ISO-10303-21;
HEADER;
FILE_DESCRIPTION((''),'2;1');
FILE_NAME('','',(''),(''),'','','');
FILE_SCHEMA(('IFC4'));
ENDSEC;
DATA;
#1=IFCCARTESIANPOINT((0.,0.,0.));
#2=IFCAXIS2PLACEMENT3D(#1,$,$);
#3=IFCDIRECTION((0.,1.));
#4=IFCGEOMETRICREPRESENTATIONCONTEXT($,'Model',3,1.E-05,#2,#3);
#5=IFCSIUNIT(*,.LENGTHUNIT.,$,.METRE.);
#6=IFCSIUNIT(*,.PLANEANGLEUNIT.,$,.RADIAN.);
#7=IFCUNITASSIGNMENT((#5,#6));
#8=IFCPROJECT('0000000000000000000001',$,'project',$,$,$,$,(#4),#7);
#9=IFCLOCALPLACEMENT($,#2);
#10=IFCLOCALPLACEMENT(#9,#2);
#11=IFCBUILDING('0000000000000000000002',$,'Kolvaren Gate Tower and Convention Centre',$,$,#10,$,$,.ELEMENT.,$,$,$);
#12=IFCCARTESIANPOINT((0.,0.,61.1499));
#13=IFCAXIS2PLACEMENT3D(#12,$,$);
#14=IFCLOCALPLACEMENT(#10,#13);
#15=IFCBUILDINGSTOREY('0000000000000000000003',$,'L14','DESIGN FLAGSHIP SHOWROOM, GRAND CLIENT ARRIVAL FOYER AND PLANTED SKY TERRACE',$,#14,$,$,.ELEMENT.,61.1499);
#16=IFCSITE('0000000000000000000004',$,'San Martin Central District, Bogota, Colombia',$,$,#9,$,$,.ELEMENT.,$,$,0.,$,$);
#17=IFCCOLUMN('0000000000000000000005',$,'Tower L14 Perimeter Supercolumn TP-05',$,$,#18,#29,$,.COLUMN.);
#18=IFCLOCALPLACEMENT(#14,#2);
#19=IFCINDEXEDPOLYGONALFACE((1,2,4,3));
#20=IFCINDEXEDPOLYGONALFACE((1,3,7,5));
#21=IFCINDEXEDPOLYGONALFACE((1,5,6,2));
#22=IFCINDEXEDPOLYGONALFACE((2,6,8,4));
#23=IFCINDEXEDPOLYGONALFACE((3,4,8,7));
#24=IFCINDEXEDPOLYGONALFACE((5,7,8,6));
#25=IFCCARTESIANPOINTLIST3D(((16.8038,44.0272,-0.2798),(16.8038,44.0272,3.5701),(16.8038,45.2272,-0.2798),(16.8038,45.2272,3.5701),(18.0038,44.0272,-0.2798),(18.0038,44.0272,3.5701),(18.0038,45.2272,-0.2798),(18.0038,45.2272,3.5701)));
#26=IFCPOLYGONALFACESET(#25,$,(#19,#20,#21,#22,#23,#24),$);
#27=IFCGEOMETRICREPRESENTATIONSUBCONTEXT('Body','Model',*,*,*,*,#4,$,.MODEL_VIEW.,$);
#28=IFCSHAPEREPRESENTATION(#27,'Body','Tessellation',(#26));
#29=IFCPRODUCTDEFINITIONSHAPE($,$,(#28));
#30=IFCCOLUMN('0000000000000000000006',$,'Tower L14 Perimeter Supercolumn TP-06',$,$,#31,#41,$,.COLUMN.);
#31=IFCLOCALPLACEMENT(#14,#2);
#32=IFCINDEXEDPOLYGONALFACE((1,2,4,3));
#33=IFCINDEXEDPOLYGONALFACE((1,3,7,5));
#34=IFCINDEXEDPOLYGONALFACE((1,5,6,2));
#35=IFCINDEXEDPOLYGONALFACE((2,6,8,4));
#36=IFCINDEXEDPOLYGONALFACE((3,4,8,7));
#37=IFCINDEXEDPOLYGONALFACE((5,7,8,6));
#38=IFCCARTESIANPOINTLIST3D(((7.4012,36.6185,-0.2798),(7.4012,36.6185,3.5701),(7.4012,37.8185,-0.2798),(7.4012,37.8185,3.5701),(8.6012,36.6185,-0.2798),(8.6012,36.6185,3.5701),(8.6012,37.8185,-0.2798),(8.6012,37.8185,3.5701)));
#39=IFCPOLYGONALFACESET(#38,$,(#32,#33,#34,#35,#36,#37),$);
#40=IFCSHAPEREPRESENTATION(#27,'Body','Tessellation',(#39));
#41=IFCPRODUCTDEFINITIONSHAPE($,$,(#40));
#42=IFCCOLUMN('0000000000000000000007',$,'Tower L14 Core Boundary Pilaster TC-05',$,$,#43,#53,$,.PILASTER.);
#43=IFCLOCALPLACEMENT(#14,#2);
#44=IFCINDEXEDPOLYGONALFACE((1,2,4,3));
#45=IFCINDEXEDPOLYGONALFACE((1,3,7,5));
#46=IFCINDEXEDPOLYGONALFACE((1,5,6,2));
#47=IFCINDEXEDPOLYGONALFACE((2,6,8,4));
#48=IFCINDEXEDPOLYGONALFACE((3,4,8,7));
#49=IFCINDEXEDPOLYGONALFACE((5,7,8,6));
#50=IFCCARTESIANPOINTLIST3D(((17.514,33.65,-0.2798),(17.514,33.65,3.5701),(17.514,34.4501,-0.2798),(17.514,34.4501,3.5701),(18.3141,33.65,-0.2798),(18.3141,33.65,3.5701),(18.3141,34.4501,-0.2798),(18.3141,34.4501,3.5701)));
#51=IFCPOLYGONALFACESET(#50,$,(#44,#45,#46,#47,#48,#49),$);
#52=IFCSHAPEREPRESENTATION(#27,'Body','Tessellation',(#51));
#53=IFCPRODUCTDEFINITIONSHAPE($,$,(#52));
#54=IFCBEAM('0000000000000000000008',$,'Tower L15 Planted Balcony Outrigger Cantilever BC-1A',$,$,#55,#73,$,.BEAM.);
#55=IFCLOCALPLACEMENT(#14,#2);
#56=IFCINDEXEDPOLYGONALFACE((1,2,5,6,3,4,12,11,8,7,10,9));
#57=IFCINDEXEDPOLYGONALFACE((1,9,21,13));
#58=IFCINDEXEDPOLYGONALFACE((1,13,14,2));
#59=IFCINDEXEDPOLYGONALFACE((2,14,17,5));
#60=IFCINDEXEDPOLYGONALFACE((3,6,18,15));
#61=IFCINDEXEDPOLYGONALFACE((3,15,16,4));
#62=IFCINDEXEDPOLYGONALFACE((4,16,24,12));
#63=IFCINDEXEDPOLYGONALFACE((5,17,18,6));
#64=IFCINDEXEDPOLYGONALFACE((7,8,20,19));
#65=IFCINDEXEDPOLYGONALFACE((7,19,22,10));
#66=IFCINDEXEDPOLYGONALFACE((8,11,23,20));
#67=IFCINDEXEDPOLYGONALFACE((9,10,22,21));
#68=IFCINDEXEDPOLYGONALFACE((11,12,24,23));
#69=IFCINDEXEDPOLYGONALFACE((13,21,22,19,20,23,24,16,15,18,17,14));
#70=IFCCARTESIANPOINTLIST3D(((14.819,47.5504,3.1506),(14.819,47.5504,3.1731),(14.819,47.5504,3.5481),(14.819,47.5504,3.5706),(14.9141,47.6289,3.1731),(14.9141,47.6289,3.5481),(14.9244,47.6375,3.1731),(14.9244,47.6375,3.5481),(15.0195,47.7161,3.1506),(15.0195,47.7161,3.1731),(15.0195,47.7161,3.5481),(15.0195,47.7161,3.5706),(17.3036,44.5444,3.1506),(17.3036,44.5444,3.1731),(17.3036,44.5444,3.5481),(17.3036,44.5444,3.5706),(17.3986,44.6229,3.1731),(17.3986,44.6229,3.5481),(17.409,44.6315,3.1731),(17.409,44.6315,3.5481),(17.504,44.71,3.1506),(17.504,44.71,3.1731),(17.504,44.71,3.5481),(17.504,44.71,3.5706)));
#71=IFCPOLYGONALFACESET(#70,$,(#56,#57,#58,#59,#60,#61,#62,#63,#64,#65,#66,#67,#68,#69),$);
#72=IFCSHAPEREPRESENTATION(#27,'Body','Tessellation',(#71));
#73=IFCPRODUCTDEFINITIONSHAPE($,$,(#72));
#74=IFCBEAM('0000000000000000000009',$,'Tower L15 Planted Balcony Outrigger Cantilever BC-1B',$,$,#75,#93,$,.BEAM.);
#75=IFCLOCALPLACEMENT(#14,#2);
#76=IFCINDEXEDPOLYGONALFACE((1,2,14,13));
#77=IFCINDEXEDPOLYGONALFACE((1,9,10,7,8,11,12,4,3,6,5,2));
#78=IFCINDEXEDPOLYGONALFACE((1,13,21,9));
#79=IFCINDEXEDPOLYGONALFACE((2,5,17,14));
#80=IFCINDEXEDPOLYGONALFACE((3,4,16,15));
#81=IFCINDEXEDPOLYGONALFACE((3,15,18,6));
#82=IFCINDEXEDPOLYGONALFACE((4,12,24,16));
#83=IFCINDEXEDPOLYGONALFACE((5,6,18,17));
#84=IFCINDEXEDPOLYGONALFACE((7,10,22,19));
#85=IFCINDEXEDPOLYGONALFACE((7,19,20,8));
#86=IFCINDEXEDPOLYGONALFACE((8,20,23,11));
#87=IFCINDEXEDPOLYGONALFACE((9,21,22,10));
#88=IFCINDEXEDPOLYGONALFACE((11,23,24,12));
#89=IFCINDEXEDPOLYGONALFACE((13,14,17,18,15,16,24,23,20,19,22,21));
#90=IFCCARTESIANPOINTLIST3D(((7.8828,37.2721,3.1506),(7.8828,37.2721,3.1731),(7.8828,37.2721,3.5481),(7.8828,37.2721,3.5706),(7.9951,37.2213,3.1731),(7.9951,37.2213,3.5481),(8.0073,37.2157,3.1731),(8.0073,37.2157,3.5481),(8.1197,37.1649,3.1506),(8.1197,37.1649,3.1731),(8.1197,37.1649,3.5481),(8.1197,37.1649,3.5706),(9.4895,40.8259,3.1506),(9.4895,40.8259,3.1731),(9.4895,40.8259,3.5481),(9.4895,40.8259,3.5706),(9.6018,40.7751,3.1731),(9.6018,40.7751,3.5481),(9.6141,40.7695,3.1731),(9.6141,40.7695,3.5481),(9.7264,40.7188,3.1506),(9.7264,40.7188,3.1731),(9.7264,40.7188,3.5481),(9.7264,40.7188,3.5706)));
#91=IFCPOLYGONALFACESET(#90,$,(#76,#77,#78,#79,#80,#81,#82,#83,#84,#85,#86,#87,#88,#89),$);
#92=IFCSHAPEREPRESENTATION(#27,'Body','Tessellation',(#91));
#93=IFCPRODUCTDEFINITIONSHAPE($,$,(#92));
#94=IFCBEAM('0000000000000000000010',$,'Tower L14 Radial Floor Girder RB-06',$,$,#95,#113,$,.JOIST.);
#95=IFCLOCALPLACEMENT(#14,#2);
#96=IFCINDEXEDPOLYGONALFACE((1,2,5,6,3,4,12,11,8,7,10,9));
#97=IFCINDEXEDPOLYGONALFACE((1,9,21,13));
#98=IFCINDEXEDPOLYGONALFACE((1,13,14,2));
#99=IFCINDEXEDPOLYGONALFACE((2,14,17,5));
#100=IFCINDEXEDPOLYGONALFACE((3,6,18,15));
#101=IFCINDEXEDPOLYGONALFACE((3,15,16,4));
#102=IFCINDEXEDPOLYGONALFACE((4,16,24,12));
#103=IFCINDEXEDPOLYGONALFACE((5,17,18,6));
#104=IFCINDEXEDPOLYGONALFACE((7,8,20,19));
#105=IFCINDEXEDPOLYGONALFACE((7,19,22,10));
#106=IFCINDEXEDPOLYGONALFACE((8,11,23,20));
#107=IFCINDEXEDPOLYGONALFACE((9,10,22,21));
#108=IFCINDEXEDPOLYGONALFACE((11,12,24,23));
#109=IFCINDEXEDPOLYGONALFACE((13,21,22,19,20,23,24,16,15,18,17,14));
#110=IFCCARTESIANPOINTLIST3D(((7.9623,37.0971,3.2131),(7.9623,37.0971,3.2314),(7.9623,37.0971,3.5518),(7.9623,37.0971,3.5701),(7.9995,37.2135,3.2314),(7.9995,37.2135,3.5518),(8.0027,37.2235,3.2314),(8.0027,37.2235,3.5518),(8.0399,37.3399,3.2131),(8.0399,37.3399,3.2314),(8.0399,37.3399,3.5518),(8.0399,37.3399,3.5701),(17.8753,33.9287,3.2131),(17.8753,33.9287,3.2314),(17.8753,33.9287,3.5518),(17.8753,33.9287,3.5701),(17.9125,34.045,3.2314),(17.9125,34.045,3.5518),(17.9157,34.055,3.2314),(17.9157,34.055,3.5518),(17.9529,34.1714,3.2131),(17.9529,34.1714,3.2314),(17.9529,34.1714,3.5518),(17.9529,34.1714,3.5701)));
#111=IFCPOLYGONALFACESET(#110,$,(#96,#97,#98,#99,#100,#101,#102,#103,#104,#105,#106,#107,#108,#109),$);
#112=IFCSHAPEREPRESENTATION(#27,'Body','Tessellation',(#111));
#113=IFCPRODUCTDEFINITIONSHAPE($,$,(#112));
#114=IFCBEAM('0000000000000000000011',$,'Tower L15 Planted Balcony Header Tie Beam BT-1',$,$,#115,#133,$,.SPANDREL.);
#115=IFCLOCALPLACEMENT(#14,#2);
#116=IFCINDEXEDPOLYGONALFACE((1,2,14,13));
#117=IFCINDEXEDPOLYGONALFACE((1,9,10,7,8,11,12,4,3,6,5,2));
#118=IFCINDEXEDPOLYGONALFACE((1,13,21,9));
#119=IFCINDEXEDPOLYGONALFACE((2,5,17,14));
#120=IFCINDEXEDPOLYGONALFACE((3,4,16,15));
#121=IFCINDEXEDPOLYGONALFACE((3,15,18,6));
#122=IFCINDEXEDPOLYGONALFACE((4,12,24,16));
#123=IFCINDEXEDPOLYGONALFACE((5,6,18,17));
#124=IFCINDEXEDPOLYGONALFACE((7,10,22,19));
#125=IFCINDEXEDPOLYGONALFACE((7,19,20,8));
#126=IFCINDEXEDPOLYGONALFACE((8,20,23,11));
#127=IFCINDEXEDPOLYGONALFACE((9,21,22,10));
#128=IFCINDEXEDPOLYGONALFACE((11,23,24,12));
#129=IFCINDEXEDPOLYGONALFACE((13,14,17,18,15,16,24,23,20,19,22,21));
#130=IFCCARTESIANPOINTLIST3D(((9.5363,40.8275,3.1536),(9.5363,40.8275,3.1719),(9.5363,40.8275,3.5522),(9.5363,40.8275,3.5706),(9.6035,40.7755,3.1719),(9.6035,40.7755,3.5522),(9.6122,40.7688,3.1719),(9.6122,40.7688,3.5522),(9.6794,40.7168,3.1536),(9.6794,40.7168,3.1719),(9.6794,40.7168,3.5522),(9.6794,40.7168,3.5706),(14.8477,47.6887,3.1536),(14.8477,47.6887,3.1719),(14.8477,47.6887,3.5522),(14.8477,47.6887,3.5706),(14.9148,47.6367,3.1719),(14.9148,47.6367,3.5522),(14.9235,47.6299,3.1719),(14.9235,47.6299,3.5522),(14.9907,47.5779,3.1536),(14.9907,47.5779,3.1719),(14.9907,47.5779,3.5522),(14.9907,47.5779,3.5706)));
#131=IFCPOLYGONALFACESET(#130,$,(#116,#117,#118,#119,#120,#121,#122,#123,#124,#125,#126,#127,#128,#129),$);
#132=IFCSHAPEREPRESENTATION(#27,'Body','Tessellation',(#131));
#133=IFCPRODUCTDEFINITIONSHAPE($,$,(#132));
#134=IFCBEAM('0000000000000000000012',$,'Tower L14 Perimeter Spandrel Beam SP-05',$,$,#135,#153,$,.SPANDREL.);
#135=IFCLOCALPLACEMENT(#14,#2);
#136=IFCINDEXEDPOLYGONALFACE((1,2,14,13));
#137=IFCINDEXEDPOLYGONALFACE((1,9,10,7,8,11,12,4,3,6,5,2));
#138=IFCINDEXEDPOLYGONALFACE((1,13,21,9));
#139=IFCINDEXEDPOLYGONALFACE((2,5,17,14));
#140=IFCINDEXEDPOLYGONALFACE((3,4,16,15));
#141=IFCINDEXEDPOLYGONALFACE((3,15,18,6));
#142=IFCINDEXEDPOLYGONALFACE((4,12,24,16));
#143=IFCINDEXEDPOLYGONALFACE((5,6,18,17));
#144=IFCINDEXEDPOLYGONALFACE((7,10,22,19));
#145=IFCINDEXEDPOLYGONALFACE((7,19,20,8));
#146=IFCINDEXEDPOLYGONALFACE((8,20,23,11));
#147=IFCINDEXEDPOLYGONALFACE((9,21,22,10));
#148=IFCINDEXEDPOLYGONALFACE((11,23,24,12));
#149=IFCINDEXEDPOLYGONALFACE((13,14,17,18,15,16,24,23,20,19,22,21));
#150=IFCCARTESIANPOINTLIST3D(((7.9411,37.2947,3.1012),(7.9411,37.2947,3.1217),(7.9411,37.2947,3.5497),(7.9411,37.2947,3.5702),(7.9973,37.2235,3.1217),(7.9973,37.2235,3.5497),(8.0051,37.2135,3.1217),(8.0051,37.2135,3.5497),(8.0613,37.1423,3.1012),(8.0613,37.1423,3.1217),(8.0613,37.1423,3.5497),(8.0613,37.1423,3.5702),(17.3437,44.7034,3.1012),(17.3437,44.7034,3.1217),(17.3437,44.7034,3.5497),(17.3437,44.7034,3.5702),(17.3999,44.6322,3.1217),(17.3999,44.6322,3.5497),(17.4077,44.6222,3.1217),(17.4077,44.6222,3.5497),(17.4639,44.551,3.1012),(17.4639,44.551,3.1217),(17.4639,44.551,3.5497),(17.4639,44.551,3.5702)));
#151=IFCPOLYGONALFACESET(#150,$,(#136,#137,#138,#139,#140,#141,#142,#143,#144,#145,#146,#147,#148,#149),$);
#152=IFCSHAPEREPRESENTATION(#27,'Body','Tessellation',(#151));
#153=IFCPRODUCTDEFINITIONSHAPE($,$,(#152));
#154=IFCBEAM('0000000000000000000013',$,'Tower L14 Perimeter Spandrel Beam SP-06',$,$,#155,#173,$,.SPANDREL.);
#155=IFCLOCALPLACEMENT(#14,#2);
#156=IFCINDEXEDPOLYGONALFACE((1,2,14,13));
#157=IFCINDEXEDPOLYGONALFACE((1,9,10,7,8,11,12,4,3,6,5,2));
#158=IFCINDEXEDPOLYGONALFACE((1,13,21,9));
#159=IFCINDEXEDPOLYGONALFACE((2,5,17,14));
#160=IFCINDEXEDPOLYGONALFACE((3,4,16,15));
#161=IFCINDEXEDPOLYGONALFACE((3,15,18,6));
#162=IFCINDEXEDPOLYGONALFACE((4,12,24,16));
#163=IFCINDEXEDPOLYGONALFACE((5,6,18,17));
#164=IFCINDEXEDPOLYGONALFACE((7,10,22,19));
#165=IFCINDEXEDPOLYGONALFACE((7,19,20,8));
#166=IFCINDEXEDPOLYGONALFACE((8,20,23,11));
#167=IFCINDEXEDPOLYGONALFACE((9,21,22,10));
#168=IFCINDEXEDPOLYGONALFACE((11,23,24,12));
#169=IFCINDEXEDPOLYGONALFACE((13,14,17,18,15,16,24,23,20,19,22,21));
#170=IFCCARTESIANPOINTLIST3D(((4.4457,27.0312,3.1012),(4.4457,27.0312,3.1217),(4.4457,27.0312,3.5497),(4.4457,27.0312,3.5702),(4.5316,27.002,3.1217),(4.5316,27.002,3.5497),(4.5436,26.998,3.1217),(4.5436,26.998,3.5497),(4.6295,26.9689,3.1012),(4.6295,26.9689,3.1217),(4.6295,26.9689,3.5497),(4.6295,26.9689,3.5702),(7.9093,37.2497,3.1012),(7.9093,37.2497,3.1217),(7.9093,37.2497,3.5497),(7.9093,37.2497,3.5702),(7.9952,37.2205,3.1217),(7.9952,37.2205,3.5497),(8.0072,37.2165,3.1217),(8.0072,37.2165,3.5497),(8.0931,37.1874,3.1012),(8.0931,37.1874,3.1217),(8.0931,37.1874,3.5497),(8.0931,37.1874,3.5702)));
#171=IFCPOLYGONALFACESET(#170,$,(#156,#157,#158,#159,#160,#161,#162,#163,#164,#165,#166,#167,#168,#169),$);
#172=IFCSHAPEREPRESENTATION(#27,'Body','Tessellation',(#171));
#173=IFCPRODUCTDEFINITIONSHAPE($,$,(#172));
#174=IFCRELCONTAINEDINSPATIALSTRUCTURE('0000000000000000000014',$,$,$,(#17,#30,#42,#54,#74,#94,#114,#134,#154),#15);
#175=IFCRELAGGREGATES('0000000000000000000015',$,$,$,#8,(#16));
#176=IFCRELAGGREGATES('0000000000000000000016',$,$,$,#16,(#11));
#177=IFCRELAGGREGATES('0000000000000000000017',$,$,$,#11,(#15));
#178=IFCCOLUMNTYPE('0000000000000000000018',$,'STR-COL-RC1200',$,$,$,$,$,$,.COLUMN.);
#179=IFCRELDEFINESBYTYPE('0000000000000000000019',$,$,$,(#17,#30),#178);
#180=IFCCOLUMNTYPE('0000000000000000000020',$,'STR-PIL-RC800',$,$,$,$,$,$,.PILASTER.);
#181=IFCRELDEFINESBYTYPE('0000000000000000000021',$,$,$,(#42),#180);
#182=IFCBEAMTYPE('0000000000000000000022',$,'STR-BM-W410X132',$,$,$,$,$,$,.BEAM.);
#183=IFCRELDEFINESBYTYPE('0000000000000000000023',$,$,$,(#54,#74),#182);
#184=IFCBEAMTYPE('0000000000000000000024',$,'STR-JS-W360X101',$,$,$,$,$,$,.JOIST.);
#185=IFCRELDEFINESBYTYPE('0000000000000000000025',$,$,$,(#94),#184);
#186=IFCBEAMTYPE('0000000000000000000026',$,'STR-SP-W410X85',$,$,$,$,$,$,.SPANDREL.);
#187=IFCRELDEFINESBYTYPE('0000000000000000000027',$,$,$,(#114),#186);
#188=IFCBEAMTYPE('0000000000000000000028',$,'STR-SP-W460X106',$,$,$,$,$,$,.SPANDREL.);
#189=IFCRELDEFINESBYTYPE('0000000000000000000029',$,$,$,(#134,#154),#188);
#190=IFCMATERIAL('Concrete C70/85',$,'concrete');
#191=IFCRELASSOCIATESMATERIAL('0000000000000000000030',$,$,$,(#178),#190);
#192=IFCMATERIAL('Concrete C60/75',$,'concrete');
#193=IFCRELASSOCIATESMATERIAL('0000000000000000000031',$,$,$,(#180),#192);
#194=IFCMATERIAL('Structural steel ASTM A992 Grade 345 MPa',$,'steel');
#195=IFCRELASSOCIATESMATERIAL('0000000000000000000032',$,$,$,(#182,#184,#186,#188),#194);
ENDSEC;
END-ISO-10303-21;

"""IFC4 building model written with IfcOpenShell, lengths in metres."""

from ifc_helpers import new_model, si_unit, direction, frame, origin, origin_2d, place, context, subcontext, project, spatial, rectangle, i_section, extrude, material, material_profile, profile_set, type_object, element, save


model = new_model("IFC4")

# Units and contexts
model_context = context("Model", 3, precision=1e-05, world=origin(), true_north=direction((0.0, 1.0)))
body_context = subcontext(model_context, "Body", "Model", "MODEL_VIEW")
ifc_project = project(units=[si_unit("LENGTHUNIT", "METRE"), si_unit("PLANEANGLEUNIT", "RADIAN")], contexts=[model_context])

# Site, building, storey
site_placement = place(None, origin())
site = spatial("IfcSite", under=ifc_project, at=site_placement, Name="San Martin Central District, Bogota, Colombia", CompositionType="ELEMENT", RefElevation=0.0)
building_placement = place(site_placement, origin())
building = spatial("IfcBuilding", under=site, at=building_placement, Name="Kolvaren Gate Tower and Convention Centre", CompositionType="ELEMENT")
storey_placement = place(building_placement, frame((0.0, 0.0, 61.1499)))
storey = spatial("IfcBuildingStorey", under=building, at=storey_placement, Name="L14", Description="DESIGN FLAGSHIP SHOWROOM, GRAND CLIENT ARRIVAL FOYER AND PLANTED SKY TERRACE", CompositionType="ELEMENT", Elevation=61.1499)

# Columns
ifc_material_1 = material(Name="Concrete C70/85", Category="concrete")
ifc_material_profile_1 = material_profile(ifc_material_1, rectangle(XDim=1.2, YDim=1.2, at=origin_2d()), Name="RC-COL-1200X1200")
ifc_profile_set_1 = profile_set([ifc_material_profile_1], Name="Concrete C70/85")
column_type_1 = type_object("IfcColumnType", Name="STR-COL-RC1200", PredefinedType="COLUMN", material=ifc_profile_set_1)
for number, where, z_axis, x_axis, name in (
    (1, (17.4038, 44.6272, -0.2798), (0.0, 0.0, 1.0), (1.0, 0.0, 0.0), "Tower L14 Perimeter Supercolumn TP-05"),
    (2, (8.0012, 37.2185, -0.2798), (0.0, 0.0, 1.0), (1.0, 0.0, 0.0), "Tower L14 Perimeter Supercolumn TP-06"),
):
    element("IfcColumn", number, at=place(storey_placement, frame(where, z_axis=z_axis, x_axis=x_axis)), inside=storey, type_object=column_type_1, Name=name, PredefinedType="COLUMN", context=body_context, shape_type="SweptSolid", body=[
        extrude(rectangle(XDim=1.2, YDim=1.2, at=origin_2d()), origin(), (0.0, 0.0, 1.0), 3.8499),
    ])
ifc_material_2 = material(Name="Concrete C60/75", Category="concrete")
ifc_material_profile_2 = material_profile(ifc_material_2, rectangle(XDim=0.8, YDim=0.8, at=origin_2d()), Name="RC-COL-800X800")
ifc_profile_set_2 = profile_set([ifc_material_profile_2], Name="Concrete C60/75")
column_type_2 = type_object("IfcColumnType", Name="STR-PIL-RC800", PredefinedType="PILASTER", material=ifc_profile_set_2)
column_placement = place(storey_placement, frame((17.9141, 34.05, -0.2798), z_axis=(0.0, 0.0, 1.0), x_axis=(1.0, 0.0, 0.0)))
element("IfcColumn", 3, at=column_placement, inside=storey, type_object=column_type_2, Name="Tower L14 Core Boundary Pilaster TC-05", PredefinedType="PILASTER", context=body_context, shape_type="SweptSolid", body=[
    extrude(rectangle(XDim=0.8, YDim=0.8, at=origin_2d()), origin(), (0.0, 0.0, 1.0), 3.8499),
])

# Beams
ifc_material_3 = material(Name="Structural steel ASTM A992 Grade 345 MPa", Category="steel")
ifc_material_profile_3 = material_profile(ifc_material_3, i_section(OverallWidth=0.26, OverallDepth=0.4199, WebThickness=0.0134, FlangeThickness=0.0225, at=origin_2d()), Name="W410X132")
ifc_profile_set_3 = profile_set([ifc_material_profile_3], Name="Structural steel ASTM A992 Grade 345 MPa")
beam_type_1 = type_object("IfcBeamType", Name="STR-BM-W410X132", PredefinedType="BEAM", material=ifc_profile_set_3)
beam_1_placement = place(storey_placement, frame((17.4038, 44.6272, 3.3606), z_axis=(-0.637082, 0.770796, 0.0), x_axis=(-0.770796, -0.637082, 0.0)))
element("IfcBeam", 4, at=beam_1_placement, inside=storey, type_object=beam_type_1, Name="Tower L15 Planted Balcony Outrigger Cantilever BC-1A", PredefinedType="BEAM", context=body_context, shape_type="SweptSolid", body=[
    extrude(i_section(OverallWidth=0.26, OverallDepth=0.4199, WebThickness=0.0134, FlangeThickness=0.0225, at=origin_2d()), origin(), (0.0, 0.0, 1.0), 3.8999),
])
beam_2_placement = place(storey_placement, frame((8.0012, 37.2185, 3.3606), z_axis=(0.411967, 0.911199, 0.0), x_axis=(-0.911199, 0.411967, 0.0)))
element("IfcBeam", 5, at=beam_2_placement, inside=storey, type_object=beam_type_1, Name="Tower L15 Planted Balcony Outrigger Cantilever BC-1B", PredefinedType="BEAM", context=body_context, shape_type="SweptSolid", body=[
    extrude(i_section(OverallWidth=0.26, OverallDepth=0.4199, WebThickness=0.0134, FlangeThickness=0.0225, at=origin_2d()), origin(), (0.0, 0.0, 1.0), 3.9001),
])
ifc_material_profile_4 = material_profile(ifc_material_3, i_section(OverallWidth=0.2549, OverallDepth=0.3569, WebThickness=0.0105, FlangeThickness=0.0183, at=origin_2d()), Name="W360X101")
ifc_profile_set_4 = profile_set([ifc_material_profile_4], Name="Structural steel ASTM A992 Grade 345 MPa")
beam_type_2 = type_object("IfcBeamType", Name="STR-JS-W360X101", PredefinedType="JOIST", material=ifc_profile_set_4)
beam_3_placement = place(storey_placement, frame((17.9141, 34.05, 3.3916), z_axis=(-0.952526, 0.304457, 0.0), x_axis=(-0.304457, -0.952526, 0.0)))
element("IfcBeam", 6, at=beam_3_placement, inside=storey, type_object=beam_type_2, Name="Tower L14 Radial Floor Girder RB-06", PredefinedType="JOIST", context=body_context, shape_type="SweptSolid", body=[
    extrude(i_section(OverallWidth=0.2549, OverallDepth=0.3569, WebThickness=0.0105, FlangeThickness=0.0183, at=origin_2d()), origin(), (0.0, 0.0, 1.0), 10.407),
])
ifc_material_profile_5 = material_profile(ifc_material_3, i_section(OverallWidth=0.1809, OverallDepth=0.417, WebThickness=0.011, FlangeThickness=0.0183, at=origin_2d()), Name="W410X85")
ifc_profile_set_5 = profile_set([ifc_material_profile_5], Name="Structural steel ASTM A992 Grade 345 MPa")
beam_type_3 = type_object("IfcBeamType", Name="STR-SP-W410X85", PredefinedType="SPANDREL", material=ifc_profile_set_5)
beam_4_placement = place(storey_placement, frame((14.9192, 47.6333, 3.3621), z_axis=(-0.612135, -0.790753, 0.0), x_axis=(0.790753, -0.612135, 0.0)))
element("IfcBeam", 7, at=beam_4_placement, inside=storey, type_object=beam_type_3, Name="Tower L15 Planted Balcony Header Tie Beam BT-1", PredefinedType="SPANDREL", context=body_context, shape_type="SweptSolid", body=[
    extrude(i_section(OverallWidth=0.1809, OverallDepth=0.417, WebThickness=0.011, FlangeThickness=0.0183, at=origin_2d()), origin(), (0.0, 0.0, 1.0), 8.6768),
])
ifc_material_profile_6 = material_profile(ifc_material_3, i_section(OverallWidth=0.1941, OverallDepth=0.469, WebThickness=0.0127, FlangeThickness=0.0205, at=origin_2d()), Name="W460X106")
ifc_profile_set_6 = profile_set([ifc_material_profile_6], Name="Structural steel ASTM A992 Grade 345 MPa")
beam_type_4 = type_object("IfcBeamType", Name="STR-SP-W460X106", PredefinedType="SPANDREL", material=ifc_profile_set_6)
beam_5_placement = place(storey_placement, frame((17.4038, 44.6272, 3.3357), z_axis=(-0.785468, -0.618903, 0.0), x_axis=(0.618903, -0.785468, 0.0)))
element("IfcBeam", 8, at=beam_5_placement, inside=storey, type_object=beam_type_4, Name="Tower L14 Perimeter Spandrel Beam SP-05", PredefinedType="SPANDREL", context=body_context, shape_type="SweptSolid", body=[
    extrude(i_section(OverallWidth=0.1941, OverallDepth=0.469, WebThickness=0.0127, FlangeThickness=0.0205, at=origin_2d()), origin(), (0.0, 0.0, 1.0), 11.9707),
])
beam_6_placement = place(storey_placement, frame((8.0012, 37.2185, 3.3357), z_axis=(-0.321016, -0.947074, 0.0), x_axis=(0.947074, -0.321016, 0.0)))
element("IfcBeam", 9, at=beam_6_placement, inside=storey, type_object=beam_type_4, Name="Tower L14 Perimeter Spandrel Beam SP-06", PredefinedType="SPANDREL", context=body_context, shape_type="SweptSolid", body=[
    extrude(i_section(OverallWidth=0.1941, OverallDepth=0.469, WebThickness=0.0127, FlangeThickness=0.0205, at=origin_2d()), origin(), (0.0, 0.0, 1.0), 10.7896),
])

save(model, "model.ifc")
